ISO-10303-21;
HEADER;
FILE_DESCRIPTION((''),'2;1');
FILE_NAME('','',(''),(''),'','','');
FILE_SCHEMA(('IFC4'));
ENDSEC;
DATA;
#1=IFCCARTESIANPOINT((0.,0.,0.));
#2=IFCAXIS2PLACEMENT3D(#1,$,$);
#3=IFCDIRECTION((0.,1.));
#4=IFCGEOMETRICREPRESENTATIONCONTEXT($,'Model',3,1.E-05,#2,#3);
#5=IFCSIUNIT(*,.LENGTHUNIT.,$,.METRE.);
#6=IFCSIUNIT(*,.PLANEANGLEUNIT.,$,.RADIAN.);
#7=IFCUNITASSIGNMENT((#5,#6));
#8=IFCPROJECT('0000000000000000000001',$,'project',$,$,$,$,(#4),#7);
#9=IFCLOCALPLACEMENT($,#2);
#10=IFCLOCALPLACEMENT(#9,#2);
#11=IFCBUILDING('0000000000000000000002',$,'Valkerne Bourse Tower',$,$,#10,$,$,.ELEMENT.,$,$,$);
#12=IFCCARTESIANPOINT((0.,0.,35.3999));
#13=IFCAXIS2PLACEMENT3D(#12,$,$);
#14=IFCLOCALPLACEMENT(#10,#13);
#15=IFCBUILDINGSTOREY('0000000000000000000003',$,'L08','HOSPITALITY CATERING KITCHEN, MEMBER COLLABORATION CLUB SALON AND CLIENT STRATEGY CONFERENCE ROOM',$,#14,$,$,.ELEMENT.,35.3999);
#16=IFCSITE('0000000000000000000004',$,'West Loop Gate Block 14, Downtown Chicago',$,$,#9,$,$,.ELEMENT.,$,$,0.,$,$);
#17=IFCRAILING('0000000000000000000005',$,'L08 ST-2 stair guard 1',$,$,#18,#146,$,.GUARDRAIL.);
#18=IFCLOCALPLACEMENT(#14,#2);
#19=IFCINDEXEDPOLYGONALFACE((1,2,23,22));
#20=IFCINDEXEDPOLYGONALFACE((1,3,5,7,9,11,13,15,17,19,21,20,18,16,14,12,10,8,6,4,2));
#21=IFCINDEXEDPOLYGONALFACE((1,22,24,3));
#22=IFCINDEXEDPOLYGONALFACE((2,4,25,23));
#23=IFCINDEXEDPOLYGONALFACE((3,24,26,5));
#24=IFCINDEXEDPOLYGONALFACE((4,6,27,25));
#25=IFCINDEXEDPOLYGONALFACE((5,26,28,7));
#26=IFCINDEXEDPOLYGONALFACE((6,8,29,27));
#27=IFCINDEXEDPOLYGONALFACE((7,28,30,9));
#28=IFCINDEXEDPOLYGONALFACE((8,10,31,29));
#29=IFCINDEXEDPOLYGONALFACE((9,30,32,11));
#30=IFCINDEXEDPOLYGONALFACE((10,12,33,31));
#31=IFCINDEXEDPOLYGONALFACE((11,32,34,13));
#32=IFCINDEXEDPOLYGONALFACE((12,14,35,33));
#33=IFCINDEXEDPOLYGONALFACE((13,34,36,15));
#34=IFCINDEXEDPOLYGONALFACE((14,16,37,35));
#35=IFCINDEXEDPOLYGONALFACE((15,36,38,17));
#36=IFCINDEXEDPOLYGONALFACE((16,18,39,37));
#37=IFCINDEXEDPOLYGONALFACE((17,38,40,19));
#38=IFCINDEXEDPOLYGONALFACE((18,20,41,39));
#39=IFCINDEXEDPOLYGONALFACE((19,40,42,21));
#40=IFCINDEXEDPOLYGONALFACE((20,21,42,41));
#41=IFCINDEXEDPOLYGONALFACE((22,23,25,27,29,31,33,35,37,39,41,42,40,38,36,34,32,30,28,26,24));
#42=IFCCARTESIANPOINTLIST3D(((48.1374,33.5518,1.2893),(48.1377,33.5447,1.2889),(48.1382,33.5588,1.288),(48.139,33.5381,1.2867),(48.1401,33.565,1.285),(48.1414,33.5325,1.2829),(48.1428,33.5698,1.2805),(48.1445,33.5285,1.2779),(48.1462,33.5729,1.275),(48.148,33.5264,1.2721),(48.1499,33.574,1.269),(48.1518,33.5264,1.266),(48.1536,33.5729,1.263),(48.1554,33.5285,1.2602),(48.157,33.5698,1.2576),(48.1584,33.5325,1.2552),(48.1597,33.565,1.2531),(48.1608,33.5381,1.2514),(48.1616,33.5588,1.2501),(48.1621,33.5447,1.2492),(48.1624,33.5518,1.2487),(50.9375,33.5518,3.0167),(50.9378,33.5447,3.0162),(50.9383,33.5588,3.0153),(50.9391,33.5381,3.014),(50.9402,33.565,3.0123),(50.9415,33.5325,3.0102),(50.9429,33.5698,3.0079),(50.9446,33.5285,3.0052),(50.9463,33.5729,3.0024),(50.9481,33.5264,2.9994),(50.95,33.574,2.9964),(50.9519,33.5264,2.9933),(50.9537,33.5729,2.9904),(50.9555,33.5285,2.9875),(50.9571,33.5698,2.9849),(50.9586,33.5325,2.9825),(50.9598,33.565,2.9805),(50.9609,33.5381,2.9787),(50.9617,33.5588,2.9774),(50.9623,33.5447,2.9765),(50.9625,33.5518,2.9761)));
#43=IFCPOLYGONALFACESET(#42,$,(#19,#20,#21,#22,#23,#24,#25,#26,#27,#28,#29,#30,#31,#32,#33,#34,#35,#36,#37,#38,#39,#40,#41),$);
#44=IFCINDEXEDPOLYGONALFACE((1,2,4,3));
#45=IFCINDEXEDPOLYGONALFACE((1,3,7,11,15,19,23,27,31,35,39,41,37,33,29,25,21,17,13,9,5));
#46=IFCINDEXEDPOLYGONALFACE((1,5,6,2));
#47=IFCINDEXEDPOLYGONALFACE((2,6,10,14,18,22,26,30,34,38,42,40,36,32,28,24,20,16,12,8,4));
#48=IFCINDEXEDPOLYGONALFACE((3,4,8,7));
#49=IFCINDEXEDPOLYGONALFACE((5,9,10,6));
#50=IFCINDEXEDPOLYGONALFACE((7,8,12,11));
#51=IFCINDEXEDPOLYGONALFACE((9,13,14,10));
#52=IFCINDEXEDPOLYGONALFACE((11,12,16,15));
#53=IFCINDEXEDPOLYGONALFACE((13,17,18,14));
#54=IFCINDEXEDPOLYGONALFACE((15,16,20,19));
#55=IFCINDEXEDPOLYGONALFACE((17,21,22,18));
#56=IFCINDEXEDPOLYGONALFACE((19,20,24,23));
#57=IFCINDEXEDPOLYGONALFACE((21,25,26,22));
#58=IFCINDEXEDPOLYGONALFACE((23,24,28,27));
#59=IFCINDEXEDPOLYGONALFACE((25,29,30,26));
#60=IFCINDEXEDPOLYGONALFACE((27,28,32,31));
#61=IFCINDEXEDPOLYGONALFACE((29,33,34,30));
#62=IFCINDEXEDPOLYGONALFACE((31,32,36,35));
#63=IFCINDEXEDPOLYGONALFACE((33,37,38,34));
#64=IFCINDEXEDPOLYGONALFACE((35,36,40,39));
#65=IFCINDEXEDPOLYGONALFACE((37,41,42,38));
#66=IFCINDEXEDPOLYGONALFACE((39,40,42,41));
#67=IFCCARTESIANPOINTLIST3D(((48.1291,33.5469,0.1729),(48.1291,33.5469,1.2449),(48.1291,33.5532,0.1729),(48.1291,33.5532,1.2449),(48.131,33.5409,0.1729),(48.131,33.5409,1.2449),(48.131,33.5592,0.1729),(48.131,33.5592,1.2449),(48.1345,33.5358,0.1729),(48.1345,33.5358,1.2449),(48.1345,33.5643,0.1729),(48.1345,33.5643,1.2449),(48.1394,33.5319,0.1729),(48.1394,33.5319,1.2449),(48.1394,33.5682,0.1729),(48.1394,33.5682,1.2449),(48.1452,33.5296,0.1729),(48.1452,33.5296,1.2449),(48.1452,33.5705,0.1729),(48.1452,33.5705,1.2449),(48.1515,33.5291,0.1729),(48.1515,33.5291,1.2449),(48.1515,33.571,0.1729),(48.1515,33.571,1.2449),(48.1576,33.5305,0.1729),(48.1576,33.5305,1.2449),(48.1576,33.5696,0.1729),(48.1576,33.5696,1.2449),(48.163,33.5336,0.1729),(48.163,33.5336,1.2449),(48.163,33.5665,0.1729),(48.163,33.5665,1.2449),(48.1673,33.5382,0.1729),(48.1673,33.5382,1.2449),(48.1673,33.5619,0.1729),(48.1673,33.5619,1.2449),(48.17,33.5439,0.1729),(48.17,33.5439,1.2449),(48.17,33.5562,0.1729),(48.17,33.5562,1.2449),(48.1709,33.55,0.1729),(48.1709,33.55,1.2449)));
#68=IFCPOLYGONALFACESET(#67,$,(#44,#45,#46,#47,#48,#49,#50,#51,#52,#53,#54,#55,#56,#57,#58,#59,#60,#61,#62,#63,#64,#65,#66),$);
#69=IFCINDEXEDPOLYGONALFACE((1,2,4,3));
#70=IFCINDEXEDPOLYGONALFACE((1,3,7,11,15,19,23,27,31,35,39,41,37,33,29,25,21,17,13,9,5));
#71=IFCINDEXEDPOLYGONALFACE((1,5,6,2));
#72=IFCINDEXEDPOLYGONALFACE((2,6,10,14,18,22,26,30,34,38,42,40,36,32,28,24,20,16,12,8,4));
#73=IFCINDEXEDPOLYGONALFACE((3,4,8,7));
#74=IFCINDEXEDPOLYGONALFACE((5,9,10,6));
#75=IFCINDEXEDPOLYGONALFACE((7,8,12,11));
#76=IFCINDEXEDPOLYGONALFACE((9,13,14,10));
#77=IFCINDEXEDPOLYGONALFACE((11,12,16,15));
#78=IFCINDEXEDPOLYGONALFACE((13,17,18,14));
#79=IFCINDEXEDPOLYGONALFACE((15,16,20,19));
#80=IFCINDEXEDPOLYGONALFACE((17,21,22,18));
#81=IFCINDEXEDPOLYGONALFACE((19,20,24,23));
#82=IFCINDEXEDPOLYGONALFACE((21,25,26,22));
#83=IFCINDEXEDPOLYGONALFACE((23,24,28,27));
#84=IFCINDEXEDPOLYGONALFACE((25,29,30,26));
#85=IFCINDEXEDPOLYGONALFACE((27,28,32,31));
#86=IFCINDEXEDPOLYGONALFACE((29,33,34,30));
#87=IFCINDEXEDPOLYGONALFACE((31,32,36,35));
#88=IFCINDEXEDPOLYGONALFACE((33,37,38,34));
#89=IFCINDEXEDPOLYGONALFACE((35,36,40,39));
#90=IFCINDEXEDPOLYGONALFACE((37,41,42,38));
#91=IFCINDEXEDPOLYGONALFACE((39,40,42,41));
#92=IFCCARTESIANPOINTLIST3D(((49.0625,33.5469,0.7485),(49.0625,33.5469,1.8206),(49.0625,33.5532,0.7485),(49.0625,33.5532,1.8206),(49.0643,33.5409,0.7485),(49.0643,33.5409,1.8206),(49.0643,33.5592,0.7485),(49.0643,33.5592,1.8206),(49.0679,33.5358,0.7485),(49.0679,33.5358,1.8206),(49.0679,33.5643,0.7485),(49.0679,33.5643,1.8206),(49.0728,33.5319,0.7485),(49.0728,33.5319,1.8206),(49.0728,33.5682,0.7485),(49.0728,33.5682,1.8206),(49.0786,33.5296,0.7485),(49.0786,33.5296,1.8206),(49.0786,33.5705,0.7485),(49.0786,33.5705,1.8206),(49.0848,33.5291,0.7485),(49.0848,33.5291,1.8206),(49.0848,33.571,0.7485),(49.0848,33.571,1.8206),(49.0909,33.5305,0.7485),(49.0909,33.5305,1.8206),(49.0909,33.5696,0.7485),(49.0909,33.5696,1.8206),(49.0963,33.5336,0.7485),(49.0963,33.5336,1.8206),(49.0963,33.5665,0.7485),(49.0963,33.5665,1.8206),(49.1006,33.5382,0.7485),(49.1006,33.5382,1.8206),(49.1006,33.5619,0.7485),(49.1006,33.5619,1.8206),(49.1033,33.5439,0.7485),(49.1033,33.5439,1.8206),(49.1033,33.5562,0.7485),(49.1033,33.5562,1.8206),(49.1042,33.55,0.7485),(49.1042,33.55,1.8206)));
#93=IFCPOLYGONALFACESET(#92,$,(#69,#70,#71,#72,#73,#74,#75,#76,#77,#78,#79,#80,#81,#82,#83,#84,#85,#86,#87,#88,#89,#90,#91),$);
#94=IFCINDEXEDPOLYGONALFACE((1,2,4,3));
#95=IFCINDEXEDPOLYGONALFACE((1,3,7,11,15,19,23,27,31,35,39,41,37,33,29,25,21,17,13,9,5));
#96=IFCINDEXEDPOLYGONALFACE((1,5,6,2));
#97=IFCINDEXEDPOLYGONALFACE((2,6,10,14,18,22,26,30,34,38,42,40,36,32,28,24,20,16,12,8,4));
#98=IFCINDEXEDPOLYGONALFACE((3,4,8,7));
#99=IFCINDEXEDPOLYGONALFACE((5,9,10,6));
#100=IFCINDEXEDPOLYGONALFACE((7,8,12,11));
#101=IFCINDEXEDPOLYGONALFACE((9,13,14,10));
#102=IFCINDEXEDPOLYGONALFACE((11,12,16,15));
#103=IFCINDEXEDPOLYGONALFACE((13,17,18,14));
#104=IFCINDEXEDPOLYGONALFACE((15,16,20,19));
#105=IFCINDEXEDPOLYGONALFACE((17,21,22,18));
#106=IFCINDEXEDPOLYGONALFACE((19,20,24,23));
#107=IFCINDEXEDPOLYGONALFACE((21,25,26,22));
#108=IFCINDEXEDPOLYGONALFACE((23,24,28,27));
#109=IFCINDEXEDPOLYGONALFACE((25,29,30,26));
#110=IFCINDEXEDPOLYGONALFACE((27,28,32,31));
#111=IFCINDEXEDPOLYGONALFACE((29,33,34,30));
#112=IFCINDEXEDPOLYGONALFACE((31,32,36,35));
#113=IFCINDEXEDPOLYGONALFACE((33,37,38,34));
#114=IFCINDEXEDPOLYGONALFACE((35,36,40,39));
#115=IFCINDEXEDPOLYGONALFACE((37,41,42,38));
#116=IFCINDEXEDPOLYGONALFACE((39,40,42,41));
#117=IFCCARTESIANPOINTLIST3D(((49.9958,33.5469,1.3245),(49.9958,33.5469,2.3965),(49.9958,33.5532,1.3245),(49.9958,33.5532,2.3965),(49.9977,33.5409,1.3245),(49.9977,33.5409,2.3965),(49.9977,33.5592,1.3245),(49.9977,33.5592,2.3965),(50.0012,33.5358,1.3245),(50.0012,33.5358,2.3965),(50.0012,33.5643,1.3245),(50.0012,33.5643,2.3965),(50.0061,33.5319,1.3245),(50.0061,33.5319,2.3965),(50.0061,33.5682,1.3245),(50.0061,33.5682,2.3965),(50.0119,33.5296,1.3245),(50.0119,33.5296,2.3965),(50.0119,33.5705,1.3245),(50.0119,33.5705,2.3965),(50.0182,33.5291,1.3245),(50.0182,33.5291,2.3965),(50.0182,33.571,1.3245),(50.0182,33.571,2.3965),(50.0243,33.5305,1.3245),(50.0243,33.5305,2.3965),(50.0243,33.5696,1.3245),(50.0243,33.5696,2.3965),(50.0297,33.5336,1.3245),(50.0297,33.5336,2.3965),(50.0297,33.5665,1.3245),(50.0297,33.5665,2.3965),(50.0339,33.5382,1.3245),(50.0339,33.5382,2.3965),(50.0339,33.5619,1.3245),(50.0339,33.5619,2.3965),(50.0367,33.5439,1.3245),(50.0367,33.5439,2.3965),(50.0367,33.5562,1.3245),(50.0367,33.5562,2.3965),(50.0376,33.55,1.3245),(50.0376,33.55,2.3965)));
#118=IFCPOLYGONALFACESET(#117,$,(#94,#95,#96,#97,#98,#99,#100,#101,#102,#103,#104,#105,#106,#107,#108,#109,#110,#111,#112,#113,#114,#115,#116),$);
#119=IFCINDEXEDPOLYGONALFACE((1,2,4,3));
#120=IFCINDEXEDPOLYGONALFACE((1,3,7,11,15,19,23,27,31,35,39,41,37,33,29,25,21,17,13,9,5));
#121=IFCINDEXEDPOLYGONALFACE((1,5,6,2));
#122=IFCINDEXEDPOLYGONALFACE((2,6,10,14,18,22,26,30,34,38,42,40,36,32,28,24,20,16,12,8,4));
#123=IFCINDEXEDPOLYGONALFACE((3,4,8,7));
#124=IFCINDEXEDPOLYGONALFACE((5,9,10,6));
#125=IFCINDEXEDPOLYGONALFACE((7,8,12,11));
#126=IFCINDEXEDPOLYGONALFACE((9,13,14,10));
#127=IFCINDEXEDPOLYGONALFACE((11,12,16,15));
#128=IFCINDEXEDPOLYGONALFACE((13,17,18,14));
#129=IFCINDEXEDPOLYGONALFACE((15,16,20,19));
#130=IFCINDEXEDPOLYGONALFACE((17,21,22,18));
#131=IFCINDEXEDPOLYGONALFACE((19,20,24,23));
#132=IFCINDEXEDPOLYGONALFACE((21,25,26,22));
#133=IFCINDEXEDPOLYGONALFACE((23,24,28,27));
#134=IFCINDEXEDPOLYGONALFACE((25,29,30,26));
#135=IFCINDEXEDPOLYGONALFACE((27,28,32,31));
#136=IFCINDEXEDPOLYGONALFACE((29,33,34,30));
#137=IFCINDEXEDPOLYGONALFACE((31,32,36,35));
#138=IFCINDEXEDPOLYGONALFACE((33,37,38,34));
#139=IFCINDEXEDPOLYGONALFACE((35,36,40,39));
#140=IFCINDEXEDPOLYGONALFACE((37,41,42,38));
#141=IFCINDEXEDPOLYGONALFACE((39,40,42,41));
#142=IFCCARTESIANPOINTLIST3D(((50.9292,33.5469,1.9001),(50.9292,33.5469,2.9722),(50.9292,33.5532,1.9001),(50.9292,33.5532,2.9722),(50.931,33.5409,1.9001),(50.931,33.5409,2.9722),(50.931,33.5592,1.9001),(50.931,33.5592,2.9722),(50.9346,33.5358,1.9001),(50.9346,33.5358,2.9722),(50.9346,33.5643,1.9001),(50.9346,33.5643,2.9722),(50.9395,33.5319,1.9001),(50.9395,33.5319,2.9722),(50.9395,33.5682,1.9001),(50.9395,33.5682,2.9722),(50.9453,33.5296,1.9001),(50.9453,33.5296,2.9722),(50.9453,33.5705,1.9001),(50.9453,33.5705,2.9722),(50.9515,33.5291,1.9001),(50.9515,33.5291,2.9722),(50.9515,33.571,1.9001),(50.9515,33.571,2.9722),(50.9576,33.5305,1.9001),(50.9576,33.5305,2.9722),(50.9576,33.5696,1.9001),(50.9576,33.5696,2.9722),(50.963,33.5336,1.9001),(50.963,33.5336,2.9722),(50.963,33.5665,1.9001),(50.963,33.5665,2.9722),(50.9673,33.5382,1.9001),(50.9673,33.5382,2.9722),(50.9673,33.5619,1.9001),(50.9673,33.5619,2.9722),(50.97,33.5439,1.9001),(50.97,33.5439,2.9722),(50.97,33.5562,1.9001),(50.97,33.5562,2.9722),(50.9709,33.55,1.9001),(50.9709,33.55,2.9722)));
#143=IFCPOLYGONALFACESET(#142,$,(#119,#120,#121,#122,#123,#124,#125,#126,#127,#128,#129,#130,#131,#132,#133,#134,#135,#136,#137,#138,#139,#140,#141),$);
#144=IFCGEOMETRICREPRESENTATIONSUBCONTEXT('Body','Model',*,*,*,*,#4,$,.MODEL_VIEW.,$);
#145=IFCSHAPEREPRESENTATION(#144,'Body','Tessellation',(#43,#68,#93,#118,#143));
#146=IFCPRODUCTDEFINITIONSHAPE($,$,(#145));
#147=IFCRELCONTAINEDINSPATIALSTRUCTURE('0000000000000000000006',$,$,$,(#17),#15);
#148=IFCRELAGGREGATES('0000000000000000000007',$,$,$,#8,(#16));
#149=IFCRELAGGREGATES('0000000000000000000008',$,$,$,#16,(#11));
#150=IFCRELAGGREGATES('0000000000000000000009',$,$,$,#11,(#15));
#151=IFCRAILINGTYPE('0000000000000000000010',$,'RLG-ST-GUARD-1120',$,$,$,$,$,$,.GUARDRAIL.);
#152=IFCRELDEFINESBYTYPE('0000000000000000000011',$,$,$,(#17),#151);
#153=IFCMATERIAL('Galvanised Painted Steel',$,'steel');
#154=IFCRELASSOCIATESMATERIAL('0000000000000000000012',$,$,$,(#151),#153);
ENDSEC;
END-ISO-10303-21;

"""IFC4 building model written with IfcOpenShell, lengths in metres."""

from ifc_helpers import new_model, si_unit, direction, frame, origin, origin_2d, place, context, subcontext, project, spatial, circle, extrude, material, type_object, element, save


model = new_model("IFC4")

# Units and contexts
model_context = context("Model", 3, precision=1e-05, world=origin(), true_north=direction((0.0, 1.0)))
body_context = subcontext(model_context, "Body", "Model", "MODEL_VIEW")
ifc_project = project(units=[si_unit("LENGTHUNIT", "METRE"), si_unit("PLANEANGLEUNIT", "RADIAN")], contexts=[model_context])

# Site, building, storey
site_placement = place(None, origin())
site = spatial("IfcSite", under=ifc_project, at=site_placement, Name="West Loop Gate Block 14, Downtown Chicago", CompositionType="ELEMENT", RefElevation=0.0)
building_placement = place(site_placement, origin())
building = spatial("IfcBuilding", under=site, at=building_placement, Name="Valkerne Bourse Tower", CompositionType="ELEMENT")
storey_placement = place(building_placement, frame((0.0, 0.0, 35.3999)))
storey = spatial("IfcBuildingStorey", under=building, at=storey_placement, Name="L08", Description="HOSPITALITY CATERING KITCHEN, MEMBER COLLABORATION CLUB SALON AND CLIENT STRATEGY CONFERENCE ROOM", CompositionType="ELEMENT", Elevation=35.3999)

# Shared definitions
ifc_material_1 = material(Name="Galvanised Painted Steel", Category="steel")

# Railing
railing_type_1 = type_object("IfcRailingType", Name="RLG-ST-GUARD-1120", PredefinedType="GUARDRAIL", material=ifc_material_1)
railing_1_placement = place(storey_placement, frame((48.1499, 33.55, 0.1729)))
element("IfcRailing", 1, at=railing_1_placement, inside=storey, type_object=railing_type_1, Name="L08 ST-2 stair guard 1", PredefinedType="GUARDRAIL", context=body_context, shape_type="SweptSolid", body=[
    extrude(circle(Radius=0.0239, at=origin_2d()), frame((0.0, 0.0, 1.0962), z_axis=(0.85109, 0.0, 0.52502), x_axis=(0.0, 1.0, 0.0)), (0.0, 0.0, 1.0), 3.29),
    extrude(circle(Radius=0.021, at=origin_2d()), origin(), (0.0, 0.0, 1.0), 1.072),
    extrude(circle(Radius=0.021, at=origin_2d()), frame((0.9333, 0.0, 0.5757)), (0.0, 0.0, 1.0), 1.072),
    extrude(circle(Radius=0.021, at=origin_2d()), frame((1.8667, 0.0, 1.1516)), (0.0, 0.0, 1.0), 1.072),
    extrude(circle(Radius=0.021, at=origin_2d()), frame((2.8, 0.0, 1.7273)), (0.0, 0.0, 1.0), 1.072),
])

save(model, "model.ifc")
